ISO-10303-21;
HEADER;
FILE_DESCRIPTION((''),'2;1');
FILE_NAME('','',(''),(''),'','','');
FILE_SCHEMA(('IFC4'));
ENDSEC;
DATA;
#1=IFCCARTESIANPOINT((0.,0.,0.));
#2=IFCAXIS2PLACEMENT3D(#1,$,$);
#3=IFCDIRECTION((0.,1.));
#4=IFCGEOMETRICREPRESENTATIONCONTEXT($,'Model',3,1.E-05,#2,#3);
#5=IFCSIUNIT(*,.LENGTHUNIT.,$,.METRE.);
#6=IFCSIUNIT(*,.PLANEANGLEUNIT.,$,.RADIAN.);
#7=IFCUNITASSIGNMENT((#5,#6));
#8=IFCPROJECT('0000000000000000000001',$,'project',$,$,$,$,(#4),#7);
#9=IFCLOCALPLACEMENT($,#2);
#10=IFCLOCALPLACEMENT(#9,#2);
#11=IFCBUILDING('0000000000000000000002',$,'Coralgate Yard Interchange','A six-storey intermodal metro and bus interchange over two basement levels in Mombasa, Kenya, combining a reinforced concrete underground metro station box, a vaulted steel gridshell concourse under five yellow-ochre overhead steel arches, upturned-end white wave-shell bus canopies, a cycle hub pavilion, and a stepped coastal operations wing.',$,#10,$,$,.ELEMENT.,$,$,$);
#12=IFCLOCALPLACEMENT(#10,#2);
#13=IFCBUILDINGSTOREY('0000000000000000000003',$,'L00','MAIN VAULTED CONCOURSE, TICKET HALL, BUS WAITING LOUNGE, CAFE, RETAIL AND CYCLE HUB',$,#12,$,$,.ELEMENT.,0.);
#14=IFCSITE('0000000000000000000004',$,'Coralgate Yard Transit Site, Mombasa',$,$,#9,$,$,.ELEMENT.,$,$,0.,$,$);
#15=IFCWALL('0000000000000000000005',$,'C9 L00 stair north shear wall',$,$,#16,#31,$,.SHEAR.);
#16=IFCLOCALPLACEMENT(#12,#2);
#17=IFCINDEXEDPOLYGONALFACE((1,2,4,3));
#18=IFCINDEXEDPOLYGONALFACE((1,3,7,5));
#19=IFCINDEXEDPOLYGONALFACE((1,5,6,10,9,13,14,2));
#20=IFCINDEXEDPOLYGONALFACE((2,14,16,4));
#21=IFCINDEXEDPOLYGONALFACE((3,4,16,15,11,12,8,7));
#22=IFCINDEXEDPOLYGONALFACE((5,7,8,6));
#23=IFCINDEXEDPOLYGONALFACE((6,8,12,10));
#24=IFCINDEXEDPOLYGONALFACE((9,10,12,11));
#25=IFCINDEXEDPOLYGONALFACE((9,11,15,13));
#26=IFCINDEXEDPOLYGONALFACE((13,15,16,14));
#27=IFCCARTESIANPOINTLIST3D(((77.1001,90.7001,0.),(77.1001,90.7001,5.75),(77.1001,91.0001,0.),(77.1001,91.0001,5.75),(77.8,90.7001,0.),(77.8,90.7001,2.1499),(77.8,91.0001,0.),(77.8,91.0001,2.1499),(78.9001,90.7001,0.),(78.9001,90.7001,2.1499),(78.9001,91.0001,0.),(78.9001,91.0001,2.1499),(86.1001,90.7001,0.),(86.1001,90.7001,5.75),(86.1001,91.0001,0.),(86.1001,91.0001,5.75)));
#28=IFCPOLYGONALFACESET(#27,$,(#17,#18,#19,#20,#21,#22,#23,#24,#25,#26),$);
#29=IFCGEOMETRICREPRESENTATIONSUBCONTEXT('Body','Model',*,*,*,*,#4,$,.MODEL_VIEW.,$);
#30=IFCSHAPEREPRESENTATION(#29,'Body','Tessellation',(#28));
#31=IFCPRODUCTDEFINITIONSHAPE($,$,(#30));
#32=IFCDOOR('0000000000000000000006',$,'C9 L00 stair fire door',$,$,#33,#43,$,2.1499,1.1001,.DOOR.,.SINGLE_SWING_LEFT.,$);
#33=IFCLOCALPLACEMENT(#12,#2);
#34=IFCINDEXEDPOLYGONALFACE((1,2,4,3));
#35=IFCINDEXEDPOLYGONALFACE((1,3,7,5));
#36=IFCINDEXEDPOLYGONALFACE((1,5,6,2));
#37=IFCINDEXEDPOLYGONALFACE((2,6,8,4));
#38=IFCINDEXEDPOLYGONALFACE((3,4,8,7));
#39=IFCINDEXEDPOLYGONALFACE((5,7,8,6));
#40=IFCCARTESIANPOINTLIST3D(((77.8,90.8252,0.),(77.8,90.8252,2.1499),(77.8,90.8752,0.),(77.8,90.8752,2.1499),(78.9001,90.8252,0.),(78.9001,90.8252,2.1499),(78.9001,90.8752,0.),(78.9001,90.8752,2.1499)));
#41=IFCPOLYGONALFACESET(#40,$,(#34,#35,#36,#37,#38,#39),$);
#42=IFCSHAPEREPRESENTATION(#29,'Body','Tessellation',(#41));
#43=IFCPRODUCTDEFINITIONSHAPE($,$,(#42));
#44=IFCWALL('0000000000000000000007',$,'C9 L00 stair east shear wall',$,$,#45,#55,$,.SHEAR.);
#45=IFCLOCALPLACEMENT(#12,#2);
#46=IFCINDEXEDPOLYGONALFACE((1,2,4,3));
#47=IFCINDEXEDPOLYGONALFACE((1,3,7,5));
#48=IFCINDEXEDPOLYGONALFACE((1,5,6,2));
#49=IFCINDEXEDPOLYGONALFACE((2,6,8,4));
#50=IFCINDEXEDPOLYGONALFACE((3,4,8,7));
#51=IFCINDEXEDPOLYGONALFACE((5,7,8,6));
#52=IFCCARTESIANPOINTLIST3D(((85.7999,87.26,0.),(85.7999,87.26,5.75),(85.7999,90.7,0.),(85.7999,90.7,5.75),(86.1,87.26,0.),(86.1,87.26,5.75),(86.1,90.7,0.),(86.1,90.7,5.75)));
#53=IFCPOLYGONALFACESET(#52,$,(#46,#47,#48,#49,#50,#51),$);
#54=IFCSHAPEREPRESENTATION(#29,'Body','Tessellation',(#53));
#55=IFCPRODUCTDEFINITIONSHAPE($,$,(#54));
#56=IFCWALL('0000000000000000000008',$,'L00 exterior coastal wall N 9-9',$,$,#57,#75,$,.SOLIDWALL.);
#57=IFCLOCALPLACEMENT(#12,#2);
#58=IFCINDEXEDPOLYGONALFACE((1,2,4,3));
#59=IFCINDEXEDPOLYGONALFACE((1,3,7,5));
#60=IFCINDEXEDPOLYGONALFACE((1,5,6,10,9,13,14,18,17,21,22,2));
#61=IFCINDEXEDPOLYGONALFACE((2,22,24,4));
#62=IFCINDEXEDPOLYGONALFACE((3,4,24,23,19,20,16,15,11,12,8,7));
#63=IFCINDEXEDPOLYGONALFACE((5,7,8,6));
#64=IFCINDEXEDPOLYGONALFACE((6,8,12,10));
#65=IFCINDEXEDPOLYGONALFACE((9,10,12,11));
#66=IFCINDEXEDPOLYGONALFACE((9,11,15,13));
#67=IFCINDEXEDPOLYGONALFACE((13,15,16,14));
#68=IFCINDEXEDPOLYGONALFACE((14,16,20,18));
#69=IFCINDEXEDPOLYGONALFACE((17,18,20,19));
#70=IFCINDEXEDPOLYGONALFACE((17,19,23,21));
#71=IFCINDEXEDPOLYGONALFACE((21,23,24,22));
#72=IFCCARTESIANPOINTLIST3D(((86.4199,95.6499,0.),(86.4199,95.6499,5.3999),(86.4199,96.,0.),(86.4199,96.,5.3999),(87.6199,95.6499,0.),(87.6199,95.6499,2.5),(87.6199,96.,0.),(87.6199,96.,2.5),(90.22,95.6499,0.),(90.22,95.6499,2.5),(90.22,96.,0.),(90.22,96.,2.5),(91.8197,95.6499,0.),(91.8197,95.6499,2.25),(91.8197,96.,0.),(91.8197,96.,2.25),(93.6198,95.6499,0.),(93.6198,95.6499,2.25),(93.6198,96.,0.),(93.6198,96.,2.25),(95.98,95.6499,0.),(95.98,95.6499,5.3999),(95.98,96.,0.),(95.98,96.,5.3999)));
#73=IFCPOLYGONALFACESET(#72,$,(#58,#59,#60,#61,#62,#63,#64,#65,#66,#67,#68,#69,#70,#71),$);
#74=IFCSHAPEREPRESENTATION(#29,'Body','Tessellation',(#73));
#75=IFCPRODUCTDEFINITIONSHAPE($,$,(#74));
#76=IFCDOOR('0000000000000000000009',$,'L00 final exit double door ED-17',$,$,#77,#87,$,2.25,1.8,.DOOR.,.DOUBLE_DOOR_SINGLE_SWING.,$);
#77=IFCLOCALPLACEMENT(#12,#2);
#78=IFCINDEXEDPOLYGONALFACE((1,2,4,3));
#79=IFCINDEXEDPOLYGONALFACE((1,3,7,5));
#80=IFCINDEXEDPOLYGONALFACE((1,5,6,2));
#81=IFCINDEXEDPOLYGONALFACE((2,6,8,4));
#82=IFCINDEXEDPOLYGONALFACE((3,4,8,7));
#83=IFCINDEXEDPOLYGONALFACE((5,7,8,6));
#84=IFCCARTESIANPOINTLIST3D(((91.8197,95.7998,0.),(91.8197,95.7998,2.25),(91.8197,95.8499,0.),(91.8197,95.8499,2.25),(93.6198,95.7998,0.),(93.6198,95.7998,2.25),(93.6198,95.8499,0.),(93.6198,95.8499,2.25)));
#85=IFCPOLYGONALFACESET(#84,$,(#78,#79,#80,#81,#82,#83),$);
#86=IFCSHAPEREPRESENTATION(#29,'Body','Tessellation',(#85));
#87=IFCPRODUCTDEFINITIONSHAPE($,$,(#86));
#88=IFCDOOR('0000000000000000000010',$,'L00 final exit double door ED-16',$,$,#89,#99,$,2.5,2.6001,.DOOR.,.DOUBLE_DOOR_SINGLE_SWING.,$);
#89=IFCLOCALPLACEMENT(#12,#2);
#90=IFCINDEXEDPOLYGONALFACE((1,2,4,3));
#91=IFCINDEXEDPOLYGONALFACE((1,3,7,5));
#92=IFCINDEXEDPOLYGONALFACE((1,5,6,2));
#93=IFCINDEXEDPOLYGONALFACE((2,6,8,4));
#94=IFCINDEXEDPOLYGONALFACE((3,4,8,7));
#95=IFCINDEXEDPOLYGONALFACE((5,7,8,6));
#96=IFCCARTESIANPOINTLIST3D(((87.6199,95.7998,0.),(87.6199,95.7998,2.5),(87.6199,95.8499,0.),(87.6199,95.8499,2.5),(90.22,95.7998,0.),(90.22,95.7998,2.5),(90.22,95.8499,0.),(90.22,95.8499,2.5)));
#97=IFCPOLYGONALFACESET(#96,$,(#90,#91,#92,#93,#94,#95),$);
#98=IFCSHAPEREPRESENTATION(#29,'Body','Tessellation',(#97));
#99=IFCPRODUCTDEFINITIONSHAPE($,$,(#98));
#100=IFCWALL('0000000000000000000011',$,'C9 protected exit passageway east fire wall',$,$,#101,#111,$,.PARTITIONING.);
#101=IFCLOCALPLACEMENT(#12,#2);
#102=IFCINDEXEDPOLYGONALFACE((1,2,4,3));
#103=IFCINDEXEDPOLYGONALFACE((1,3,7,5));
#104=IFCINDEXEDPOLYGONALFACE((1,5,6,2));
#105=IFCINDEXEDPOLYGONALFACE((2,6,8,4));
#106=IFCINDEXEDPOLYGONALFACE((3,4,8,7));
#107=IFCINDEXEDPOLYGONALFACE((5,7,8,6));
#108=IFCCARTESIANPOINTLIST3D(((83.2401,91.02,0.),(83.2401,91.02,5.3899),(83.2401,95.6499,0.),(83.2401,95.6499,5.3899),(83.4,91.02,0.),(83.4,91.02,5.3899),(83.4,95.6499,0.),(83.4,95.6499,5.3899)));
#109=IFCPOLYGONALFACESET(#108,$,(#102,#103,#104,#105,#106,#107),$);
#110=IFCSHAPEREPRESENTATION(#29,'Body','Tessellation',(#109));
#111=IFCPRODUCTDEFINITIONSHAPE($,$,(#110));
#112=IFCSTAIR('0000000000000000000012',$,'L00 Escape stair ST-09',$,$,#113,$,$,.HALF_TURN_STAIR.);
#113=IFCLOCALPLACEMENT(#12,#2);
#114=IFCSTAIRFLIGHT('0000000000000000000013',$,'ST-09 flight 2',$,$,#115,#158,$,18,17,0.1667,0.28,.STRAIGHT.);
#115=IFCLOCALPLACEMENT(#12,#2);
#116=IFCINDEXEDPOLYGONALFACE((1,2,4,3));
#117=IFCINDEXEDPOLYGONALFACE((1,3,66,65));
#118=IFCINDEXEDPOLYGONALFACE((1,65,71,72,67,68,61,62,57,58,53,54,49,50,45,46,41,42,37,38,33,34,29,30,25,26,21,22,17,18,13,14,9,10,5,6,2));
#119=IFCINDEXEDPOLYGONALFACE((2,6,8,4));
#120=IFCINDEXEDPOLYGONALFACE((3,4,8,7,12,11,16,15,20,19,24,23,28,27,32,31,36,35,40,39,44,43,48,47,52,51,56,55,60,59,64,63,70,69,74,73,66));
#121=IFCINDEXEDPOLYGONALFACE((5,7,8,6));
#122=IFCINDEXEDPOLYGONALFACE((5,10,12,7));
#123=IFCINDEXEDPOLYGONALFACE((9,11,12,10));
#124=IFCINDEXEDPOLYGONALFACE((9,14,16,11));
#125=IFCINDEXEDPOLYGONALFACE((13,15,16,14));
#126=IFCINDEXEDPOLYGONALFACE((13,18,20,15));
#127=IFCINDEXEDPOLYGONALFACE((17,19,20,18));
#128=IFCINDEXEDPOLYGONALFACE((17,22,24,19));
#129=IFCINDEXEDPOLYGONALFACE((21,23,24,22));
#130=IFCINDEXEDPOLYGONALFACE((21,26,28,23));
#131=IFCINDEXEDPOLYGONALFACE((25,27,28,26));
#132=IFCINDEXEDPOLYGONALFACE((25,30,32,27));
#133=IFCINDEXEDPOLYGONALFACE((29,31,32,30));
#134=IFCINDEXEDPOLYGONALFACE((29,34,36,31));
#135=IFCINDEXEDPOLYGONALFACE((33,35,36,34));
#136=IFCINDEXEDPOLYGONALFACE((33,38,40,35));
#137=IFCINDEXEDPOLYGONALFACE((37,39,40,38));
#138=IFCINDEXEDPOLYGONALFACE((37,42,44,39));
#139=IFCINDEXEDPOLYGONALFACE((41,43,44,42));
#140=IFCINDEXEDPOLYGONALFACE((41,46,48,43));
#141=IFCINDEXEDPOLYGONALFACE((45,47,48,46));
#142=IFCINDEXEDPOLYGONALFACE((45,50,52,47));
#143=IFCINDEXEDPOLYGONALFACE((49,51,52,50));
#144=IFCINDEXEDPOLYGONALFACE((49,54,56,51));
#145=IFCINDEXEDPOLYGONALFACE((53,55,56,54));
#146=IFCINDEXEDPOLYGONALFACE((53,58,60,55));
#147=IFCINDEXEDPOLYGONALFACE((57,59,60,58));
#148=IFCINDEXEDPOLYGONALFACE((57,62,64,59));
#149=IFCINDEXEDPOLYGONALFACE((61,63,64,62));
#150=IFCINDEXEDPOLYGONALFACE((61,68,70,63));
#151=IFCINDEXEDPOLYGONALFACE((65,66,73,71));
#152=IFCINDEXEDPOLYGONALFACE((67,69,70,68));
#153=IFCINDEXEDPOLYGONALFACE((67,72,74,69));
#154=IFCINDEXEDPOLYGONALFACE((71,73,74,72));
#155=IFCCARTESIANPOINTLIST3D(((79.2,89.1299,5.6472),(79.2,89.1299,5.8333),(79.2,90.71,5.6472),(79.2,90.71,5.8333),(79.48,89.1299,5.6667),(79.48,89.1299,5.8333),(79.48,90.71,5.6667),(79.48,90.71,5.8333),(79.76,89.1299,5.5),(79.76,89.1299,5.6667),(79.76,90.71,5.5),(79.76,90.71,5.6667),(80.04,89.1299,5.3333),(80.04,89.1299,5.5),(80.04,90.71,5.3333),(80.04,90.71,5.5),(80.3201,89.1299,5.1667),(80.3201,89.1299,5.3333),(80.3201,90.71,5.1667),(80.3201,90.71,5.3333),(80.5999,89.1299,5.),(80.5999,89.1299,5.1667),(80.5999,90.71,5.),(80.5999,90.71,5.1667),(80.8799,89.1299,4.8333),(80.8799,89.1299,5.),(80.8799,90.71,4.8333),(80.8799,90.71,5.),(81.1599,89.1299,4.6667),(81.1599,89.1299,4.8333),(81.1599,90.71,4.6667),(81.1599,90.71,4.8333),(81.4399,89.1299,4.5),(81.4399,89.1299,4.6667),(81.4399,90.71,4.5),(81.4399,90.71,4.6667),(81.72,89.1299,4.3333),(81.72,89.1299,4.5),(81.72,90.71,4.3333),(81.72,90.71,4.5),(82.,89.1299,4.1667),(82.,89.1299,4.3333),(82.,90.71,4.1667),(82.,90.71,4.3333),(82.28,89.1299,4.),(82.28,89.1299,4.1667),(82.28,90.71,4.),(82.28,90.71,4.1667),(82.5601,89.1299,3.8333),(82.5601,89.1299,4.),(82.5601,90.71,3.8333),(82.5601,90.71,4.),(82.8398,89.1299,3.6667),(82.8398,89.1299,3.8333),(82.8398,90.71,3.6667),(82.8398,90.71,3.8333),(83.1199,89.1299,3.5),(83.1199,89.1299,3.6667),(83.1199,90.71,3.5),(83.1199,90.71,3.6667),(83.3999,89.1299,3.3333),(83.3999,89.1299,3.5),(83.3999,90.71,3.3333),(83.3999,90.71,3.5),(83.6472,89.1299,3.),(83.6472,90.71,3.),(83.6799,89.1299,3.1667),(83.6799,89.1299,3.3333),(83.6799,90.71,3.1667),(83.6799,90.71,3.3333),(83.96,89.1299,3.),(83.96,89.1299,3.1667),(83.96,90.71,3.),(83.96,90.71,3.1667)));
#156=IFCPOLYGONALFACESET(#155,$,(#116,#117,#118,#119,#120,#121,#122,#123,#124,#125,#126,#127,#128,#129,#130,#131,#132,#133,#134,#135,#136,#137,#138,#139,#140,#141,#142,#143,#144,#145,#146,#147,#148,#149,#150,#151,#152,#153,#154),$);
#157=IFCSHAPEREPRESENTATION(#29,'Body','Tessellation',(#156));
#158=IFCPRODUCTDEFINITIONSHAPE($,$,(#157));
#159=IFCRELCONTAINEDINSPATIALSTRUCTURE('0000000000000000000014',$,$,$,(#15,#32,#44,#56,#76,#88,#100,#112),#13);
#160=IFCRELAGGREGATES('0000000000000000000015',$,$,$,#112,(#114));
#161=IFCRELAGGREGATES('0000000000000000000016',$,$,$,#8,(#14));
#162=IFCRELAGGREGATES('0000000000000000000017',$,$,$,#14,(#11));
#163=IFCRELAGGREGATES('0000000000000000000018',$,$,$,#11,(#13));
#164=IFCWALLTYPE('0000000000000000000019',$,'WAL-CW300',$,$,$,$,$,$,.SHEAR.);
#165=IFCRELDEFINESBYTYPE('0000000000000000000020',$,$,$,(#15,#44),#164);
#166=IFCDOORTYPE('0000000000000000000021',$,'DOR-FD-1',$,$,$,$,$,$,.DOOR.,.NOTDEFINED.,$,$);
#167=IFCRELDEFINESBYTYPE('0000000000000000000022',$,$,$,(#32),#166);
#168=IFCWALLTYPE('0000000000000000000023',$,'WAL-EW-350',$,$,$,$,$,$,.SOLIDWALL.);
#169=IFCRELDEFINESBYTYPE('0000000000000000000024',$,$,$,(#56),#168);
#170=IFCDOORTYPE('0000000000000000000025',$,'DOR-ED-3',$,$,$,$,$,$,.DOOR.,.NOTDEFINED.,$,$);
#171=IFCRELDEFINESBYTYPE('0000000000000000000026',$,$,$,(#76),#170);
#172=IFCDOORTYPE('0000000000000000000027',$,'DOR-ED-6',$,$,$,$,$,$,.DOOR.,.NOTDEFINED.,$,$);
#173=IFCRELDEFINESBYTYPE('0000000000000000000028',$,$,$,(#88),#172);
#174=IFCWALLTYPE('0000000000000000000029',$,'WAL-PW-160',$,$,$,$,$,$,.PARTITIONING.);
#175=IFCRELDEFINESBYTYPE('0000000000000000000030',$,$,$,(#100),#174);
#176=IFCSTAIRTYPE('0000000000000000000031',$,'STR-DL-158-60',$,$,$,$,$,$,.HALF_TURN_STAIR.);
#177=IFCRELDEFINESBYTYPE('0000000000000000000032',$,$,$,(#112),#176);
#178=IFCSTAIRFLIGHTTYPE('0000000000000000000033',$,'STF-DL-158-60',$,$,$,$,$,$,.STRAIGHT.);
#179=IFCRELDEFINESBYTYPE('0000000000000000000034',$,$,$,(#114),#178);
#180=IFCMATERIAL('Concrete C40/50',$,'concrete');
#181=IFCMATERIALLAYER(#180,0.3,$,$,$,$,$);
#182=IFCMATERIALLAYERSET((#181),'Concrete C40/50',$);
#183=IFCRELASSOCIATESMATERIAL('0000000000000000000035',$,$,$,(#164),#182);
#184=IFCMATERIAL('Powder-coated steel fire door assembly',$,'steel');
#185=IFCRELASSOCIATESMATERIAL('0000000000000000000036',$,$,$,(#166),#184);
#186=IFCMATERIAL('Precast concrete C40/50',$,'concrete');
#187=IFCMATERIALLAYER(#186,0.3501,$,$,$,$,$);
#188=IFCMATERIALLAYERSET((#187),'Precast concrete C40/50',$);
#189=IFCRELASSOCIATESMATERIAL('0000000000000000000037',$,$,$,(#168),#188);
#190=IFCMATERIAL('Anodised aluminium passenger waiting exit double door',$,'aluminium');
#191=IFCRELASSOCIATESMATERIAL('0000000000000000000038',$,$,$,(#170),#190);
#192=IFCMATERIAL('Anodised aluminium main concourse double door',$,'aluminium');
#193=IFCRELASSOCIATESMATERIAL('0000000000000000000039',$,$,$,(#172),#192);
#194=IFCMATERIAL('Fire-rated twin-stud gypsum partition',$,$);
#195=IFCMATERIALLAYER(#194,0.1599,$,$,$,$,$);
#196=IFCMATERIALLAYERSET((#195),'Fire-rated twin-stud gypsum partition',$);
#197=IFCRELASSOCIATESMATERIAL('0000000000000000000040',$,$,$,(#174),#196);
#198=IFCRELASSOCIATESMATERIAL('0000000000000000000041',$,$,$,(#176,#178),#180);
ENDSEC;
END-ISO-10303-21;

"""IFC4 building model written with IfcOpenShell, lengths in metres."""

from ifc_helpers import new_model, si_unit, direction, frame, frame_2d, origin, place, context, subcontext, project, spatial, polyline, rectangle, outline, extrude, material, layer, layer_set, type_object, element, fill, aggregate, save


model = new_model("IFC4")

# Units and contexts
model_context = context("Model", 3, precision=1e-05, world=origin(), true_north=direction((0.0, 1.0)))
body_context = subcontext(model_context, "Body", "Model", "MODEL_VIEW")
ifc_project = project(units=[si_unit("LENGTHUNIT", "METRE"), si_unit("PLANEANGLEUNIT", "RADIAN")], contexts=[model_context])

# Site, building, storey
site_placement = place(None, origin())
site = spatial("IfcSite", under=ifc_project, at=site_placement, Name="Coralgate Yard Transit Site, Mombasa", CompositionType="ELEMENT", RefElevation=0.0)
building_placement = place(site_placement, origin())
building = spatial("IfcBuilding", under=site, at=building_placement, Name="Coralgate Yard Interchange", Description="A six-storey intermodal metro and bus interchange over two basement levels in Mombasa, Kenya, combining a reinforced concrete underground metro station box, a vaulted steel gridshell concourse under five yellow-ochre overhead steel arches, upturned-end white wave-shell bus canopies, a cycle hub pavilion, and a stepped coastal operations wing.", CompositionType="ELEMENT")
storey_placement = place(building_placement, origin())
storey = spatial("IfcBuildingStorey", under=building, at=storey_placement, Name="L00", Description="MAIN VAULTED CONCOURSE, TICKET HALL, BUS WAITING LOUNGE, CAFE, RETAIL AND CYCLE HUB", CompositionType="ELEMENT", Elevation=0.0)

# Shared definitions
ifc_material_1 = material(Name="Concrete C40/50", Category="concrete")

# Wall, opening, door
ifc_layer_1 = layer(ifc_material_1, 0.3)
ifc_layer_set_1 = layer_set([ifc_layer_1], Name="Concrete C40/50")
wall_type_1 = type_object("IfcWallType", Name="WAL-CW300", PredefinedType="SHEAR", material=ifc_layer_set_1)
wall_1_placement = place(storey_placement, frame((86.1001, 90.8501, 0.0), z_axis=(0.0, 0.0, 1.0), x_axis=(-1.0, 0.0, 0.0)))
wall_1 = element("IfcWall", 1, at=wall_1_placement, inside=storey, type_object=wall_type_1, Name="C9 L00 stair north shear wall", PredefinedType="SHEAR", context=body_context, shape_type="SweptSolid", body=[
    extrude(rectangle(XDim=9.0, YDim=0.3, at=frame_2d((4.5, 0.0))), origin(), (0.0, 0.0, 1.0), 5.75),
])
opening_1_placement = place(wall_1_placement, frame((7.2, 0.0, 0.0)))
opening_1 = element("IfcOpeningElement", 2, at=opening_1_placement, cuts=wall_1, PredefinedType="OPENING", context=body_context, shape_type="SweptSolid", body=[
    extrude(rectangle(XDim=1.1001, YDim=2.1499, at=frame_2d((0.55, 1.075))), frame((0.0, 0.1599, 0.0), z_axis=(0.0, -1.0, 0.0), x_axis=(1.0, 0.0, 0.0)), (0.0, 0.0, 1.0), 0.3201),
])
ifc_material_2 = material(Name="Powder-coated steel fire door assembly", Category="steel")
door_type_1 = type_object("IfcDoorType", Name="DOR-FD-1", OperationType="NOTDEFINED", PredefinedType="DOOR", material=ifc_material_2)
door_1_placement = place(opening_1_placement, origin())
door_1 = element("IfcDoor", 3, at=door_1_placement, inside=storey, type_object=door_type_1, Name="C9 L00 stair fire door", OperationType="SINGLE_SWING_LEFT", OverallHeight=2.1499, OverallWidth=1.1001, PredefinedType="DOOR", context=body_context, shape_type="SweptSolid", body=[
    extrude(rectangle(XDim=1.1001, YDim=2.1499, at=frame_2d((0.55, 1.075))), frame((0.0, 0.0249, 0.0), z_axis=(0.0, -1.0, 0.0), x_axis=(1.0, 0.0, 0.0)), (0.0, 0.0, 1.0), 0.05),
])
fill(opening_1, door_1)

# Wall
wall_2_placement = place(storey_placement, frame((85.95, 90.7, 0.0), z_axis=(0.0, 0.0, 1.0), x_axis=(0.0, -1.0, 0.0)))
element("IfcWall", 4, at=wall_2_placement, inside=storey, type_object=wall_type_1, Name="C9 L00 stair east shear wall", PredefinedType="SHEAR", context=body_context, shape_type="SweptSolid", body=[
    extrude(rectangle(XDim=3.4399, YDim=0.3, at=frame_2d((1.72, 0.0))), origin(), (0.0, 0.0, 1.0), 5.75),
])

# Wall, openings, doors
ifc_material_3 = material(Name="Precast concrete C40/50", Category="concrete")
ifc_layer_2 = layer(ifc_material_3, 0.3501)
ifc_layer_set_2 = layer_set([ifc_layer_2], Name="Precast concrete C40/50")
wall_type_2 = type_object("IfcWallType", Name="WAL-EW-350", PredefinedType="SOLIDWALL", material=ifc_layer_set_2)
wall_3_placement = place(storey_placement, frame((86.4199, 95.825, 0.0), z_axis=(0.0, 0.0, 1.0), x_axis=(1.0, 0.0, 0.0)))
wall_3 = element("IfcWall", 5, at=wall_3_placement, inside=storey, type_object=wall_type_2, Name="L00 exterior coastal wall N 9-9", PredefinedType="SOLIDWALL", context=body_context, shape_type="SweptSolid", body=[
    extrude(rectangle(XDim=9.5601, YDim=0.3501, at=frame_2d((4.78, 0.0))), origin(), (0.0, 0.0, 1.0), 5.3999),
])
opening_2_placement = place(wall_3_placement, frame((1.2, 0.0, 0.0)))
opening_2 = element("IfcOpeningElement", 6, at=opening_2_placement, cuts=wall_3, PredefinedType="OPENING", context=body_context, shape_type="SweptSolid", body=[
    extrude(rectangle(XDim=2.6001, YDim=2.5, at=frame_2d((1.3, 1.25))), frame((0.0, 0.1851, 0.0), z_axis=(0.0, -1.0, 0.0), x_axis=(1.0, 0.0, 0.0)), (0.0, 0.0, 1.0), 0.3701),
])
opening_3_placement = place(wall_3_placement, frame((5.3999, 0.0, 0.0)))
opening_3 = element("IfcOpeningElement", 7, at=opening_3_placement, cuts=wall_3, PredefinedType="OPENING", context=body_context, shape_type="SweptSolid", body=[
    extrude(rectangle(XDim=1.8, YDim=2.25, at=frame_2d((0.8999, 1.125))), frame((0.0, 0.1851, 0.0), z_axis=(0.0, -1.0, 0.0), x_axis=(1.0, 0.0, 0.0)), (0.0, 0.0, 1.0), 0.3701),
])
ifc_material_4 = material(Name="Anodised aluminium passenger waiting exit double door", Category="aluminium")
door_type_2 = type_object("IfcDoorType", Name="DOR-ED-3", OperationType="NOTDEFINED", PredefinedType="DOOR", material=ifc_material_4)
door_2_placement = place(opening_3_placement, origin())
door_2 = element("IfcDoor", 8, at=door_2_placement, inside=storey, type_object=door_type_2, Name="L00 final exit double door ED-17", OperationType="DOUBLE_DOOR_SINGLE_SWING", OverallHeight=2.25, OverallWidth=1.8, PredefinedType="DOOR", context=body_context, shape_type="SweptSolid", body=[
    extrude(rectangle(XDim=1.8, YDim=2.25, at=frame_2d((0.8999, 1.125))), frame((0.0, 0.0249, 0.0), z_axis=(0.0, -1.0, 0.0), x_axis=(1.0, 0.0, 0.0)), (0.0, 0.0, 1.0), 0.05),
])
fill(opening_3, door_2)
ifc_material_5 = material(Name="Anodised aluminium main concourse double door", Category="aluminium")
door_type_3 = type_object("IfcDoorType", Name="DOR-ED-6", OperationType="NOTDEFINED", PredefinedType="DOOR", material=ifc_material_5)
door_3_placement = place(opening_2_placement, origin())
door_3 = element("IfcDoor", 9, at=door_3_placement, inside=storey, type_object=door_type_3, Name="L00 final exit double door ED-16", OperationType="DOUBLE_DOOR_SINGLE_SWING", OverallHeight=2.5, OverallWidth=2.6001, PredefinedType="DOOR", context=body_context, shape_type="SweptSolid", body=[
    extrude(rectangle(XDim=2.6001, YDim=2.5, at=frame_2d((1.3, 1.25))), frame((0.0, 0.0249, 0.0), z_axis=(0.0, -1.0, 0.0), x_axis=(1.0, 0.0, 0.0)), (0.0, 0.0, 1.0), 0.05),
])
fill(opening_2, door_3)

# Wall
ifc_material_6 = material(Name="Fire-rated twin-stud gypsum partition")
ifc_layer_3 = layer(ifc_material_6, 0.1599)
ifc_layer_set_3 = layer_set([ifc_layer_3], Name="Fire-rated twin-stud gypsum partition")
wall_type_3 = type_object("IfcWallType", Name="WAL-PW-160", PredefinedType="PARTITIONING", material=ifc_layer_set_3)
wall_4_placement = place(storey_placement, frame((83.3201, 95.6499, 0.0), z_axis=(0.0, 0.0, 1.0), x_axis=(0.0, -1.0, 0.0)))
element("IfcWall", 10, at=wall_4_placement, inside=storey, type_object=wall_type_3, Name="C9 protected exit passageway east fire wall", PredefinedType="PARTITIONING", context=body_context, shape_type="SweptSolid", body=[
    extrude(rectangle(XDim=4.6299, YDim=0.1599, at=frame_2d((2.3149, 0.0))), origin(), (0.0, 0.0, 1.0), 5.3899),
])

# Stair, stair flight
stair_type = type_object("IfcStairType", Name="STR-DL-158-60", PredefinedType="HALF_TURN_STAIR", material=ifc_material_1)
stair_placement = place(storey_placement, origin())
stair = element("IfcStair", 11, at=stair_placement, inside=storey, type_object=stair_type, Name="L00 Escape stair ST-09", PredefinedType="HALF_TURN_STAIR")
stair_flight_type = type_object("IfcStairFlightType", Name="STF-DL-158-60", PredefinedType="STRAIGHT", material=ifc_material_1)
stair_flight_placement = place(storey_placement, frame((83.96, 89.9199, 3.0), z_axis=(0.0, 0.0, 1.0), x_axis=(-1.0, 0.0, 0.0)))
stair_flight = element("IfcStairFlight", 12, at=stair_flight_placement, type_object=stair_flight_type, Name="ST-09 flight 2", NumberOfRisers=18, NumberOfTreads=17, PredefinedType="STRAIGHT", RiserHeight=0.1667, TreadLength=0.28, context=body_context, shape_type="SweptSolid", body=[
    extrude(outline(polyline([(0.0, 0.0), (0.0, 0.1667), (0.28, 0.1667), (0.28, 0.3333), (0.5601, 0.3333), (0.5601, 0.5), (0.8401, 0.5), (0.8401, 0.6667), (1.1201, 0.6667), (1.1201, 0.8333), (1.3999, 0.8333), (1.3999, 1.0), (1.6799, 1.0), (1.6799, 1.1667), (1.96, 1.1667), (1.96, 1.3333), (2.24, 1.3333), (2.24, 1.5), (2.52, 1.5), (2.52, 1.6667), (2.8, 1.6667), (2.8, 1.8333), (3.0801, 1.8333), (3.0801, 2.0), (3.3601, 2.0), (3.3601, 2.1667), (3.6399, 2.1667), (3.6399, 2.3333), (3.9199, 2.3333), (3.9199, 2.5), (4.2, 2.5), (4.2, 2.6667), (4.48, 2.6667), (4.48, 2.8333), (4.76, 2.8333), (4.76, 3.0), (4.76, 2.6472), (0.3127, 0.0), (0.0, 0.0)])), frame((0.0, 0.79, 0.0), z_axis=(0.0, -1.0, 0.0), x_axis=(1.0, 0.0, 0.0)), (0.0, 0.0, 1.0), 1.5801),
])
aggregate(stair, [stair_flight])

save(model, "model.ifc")
